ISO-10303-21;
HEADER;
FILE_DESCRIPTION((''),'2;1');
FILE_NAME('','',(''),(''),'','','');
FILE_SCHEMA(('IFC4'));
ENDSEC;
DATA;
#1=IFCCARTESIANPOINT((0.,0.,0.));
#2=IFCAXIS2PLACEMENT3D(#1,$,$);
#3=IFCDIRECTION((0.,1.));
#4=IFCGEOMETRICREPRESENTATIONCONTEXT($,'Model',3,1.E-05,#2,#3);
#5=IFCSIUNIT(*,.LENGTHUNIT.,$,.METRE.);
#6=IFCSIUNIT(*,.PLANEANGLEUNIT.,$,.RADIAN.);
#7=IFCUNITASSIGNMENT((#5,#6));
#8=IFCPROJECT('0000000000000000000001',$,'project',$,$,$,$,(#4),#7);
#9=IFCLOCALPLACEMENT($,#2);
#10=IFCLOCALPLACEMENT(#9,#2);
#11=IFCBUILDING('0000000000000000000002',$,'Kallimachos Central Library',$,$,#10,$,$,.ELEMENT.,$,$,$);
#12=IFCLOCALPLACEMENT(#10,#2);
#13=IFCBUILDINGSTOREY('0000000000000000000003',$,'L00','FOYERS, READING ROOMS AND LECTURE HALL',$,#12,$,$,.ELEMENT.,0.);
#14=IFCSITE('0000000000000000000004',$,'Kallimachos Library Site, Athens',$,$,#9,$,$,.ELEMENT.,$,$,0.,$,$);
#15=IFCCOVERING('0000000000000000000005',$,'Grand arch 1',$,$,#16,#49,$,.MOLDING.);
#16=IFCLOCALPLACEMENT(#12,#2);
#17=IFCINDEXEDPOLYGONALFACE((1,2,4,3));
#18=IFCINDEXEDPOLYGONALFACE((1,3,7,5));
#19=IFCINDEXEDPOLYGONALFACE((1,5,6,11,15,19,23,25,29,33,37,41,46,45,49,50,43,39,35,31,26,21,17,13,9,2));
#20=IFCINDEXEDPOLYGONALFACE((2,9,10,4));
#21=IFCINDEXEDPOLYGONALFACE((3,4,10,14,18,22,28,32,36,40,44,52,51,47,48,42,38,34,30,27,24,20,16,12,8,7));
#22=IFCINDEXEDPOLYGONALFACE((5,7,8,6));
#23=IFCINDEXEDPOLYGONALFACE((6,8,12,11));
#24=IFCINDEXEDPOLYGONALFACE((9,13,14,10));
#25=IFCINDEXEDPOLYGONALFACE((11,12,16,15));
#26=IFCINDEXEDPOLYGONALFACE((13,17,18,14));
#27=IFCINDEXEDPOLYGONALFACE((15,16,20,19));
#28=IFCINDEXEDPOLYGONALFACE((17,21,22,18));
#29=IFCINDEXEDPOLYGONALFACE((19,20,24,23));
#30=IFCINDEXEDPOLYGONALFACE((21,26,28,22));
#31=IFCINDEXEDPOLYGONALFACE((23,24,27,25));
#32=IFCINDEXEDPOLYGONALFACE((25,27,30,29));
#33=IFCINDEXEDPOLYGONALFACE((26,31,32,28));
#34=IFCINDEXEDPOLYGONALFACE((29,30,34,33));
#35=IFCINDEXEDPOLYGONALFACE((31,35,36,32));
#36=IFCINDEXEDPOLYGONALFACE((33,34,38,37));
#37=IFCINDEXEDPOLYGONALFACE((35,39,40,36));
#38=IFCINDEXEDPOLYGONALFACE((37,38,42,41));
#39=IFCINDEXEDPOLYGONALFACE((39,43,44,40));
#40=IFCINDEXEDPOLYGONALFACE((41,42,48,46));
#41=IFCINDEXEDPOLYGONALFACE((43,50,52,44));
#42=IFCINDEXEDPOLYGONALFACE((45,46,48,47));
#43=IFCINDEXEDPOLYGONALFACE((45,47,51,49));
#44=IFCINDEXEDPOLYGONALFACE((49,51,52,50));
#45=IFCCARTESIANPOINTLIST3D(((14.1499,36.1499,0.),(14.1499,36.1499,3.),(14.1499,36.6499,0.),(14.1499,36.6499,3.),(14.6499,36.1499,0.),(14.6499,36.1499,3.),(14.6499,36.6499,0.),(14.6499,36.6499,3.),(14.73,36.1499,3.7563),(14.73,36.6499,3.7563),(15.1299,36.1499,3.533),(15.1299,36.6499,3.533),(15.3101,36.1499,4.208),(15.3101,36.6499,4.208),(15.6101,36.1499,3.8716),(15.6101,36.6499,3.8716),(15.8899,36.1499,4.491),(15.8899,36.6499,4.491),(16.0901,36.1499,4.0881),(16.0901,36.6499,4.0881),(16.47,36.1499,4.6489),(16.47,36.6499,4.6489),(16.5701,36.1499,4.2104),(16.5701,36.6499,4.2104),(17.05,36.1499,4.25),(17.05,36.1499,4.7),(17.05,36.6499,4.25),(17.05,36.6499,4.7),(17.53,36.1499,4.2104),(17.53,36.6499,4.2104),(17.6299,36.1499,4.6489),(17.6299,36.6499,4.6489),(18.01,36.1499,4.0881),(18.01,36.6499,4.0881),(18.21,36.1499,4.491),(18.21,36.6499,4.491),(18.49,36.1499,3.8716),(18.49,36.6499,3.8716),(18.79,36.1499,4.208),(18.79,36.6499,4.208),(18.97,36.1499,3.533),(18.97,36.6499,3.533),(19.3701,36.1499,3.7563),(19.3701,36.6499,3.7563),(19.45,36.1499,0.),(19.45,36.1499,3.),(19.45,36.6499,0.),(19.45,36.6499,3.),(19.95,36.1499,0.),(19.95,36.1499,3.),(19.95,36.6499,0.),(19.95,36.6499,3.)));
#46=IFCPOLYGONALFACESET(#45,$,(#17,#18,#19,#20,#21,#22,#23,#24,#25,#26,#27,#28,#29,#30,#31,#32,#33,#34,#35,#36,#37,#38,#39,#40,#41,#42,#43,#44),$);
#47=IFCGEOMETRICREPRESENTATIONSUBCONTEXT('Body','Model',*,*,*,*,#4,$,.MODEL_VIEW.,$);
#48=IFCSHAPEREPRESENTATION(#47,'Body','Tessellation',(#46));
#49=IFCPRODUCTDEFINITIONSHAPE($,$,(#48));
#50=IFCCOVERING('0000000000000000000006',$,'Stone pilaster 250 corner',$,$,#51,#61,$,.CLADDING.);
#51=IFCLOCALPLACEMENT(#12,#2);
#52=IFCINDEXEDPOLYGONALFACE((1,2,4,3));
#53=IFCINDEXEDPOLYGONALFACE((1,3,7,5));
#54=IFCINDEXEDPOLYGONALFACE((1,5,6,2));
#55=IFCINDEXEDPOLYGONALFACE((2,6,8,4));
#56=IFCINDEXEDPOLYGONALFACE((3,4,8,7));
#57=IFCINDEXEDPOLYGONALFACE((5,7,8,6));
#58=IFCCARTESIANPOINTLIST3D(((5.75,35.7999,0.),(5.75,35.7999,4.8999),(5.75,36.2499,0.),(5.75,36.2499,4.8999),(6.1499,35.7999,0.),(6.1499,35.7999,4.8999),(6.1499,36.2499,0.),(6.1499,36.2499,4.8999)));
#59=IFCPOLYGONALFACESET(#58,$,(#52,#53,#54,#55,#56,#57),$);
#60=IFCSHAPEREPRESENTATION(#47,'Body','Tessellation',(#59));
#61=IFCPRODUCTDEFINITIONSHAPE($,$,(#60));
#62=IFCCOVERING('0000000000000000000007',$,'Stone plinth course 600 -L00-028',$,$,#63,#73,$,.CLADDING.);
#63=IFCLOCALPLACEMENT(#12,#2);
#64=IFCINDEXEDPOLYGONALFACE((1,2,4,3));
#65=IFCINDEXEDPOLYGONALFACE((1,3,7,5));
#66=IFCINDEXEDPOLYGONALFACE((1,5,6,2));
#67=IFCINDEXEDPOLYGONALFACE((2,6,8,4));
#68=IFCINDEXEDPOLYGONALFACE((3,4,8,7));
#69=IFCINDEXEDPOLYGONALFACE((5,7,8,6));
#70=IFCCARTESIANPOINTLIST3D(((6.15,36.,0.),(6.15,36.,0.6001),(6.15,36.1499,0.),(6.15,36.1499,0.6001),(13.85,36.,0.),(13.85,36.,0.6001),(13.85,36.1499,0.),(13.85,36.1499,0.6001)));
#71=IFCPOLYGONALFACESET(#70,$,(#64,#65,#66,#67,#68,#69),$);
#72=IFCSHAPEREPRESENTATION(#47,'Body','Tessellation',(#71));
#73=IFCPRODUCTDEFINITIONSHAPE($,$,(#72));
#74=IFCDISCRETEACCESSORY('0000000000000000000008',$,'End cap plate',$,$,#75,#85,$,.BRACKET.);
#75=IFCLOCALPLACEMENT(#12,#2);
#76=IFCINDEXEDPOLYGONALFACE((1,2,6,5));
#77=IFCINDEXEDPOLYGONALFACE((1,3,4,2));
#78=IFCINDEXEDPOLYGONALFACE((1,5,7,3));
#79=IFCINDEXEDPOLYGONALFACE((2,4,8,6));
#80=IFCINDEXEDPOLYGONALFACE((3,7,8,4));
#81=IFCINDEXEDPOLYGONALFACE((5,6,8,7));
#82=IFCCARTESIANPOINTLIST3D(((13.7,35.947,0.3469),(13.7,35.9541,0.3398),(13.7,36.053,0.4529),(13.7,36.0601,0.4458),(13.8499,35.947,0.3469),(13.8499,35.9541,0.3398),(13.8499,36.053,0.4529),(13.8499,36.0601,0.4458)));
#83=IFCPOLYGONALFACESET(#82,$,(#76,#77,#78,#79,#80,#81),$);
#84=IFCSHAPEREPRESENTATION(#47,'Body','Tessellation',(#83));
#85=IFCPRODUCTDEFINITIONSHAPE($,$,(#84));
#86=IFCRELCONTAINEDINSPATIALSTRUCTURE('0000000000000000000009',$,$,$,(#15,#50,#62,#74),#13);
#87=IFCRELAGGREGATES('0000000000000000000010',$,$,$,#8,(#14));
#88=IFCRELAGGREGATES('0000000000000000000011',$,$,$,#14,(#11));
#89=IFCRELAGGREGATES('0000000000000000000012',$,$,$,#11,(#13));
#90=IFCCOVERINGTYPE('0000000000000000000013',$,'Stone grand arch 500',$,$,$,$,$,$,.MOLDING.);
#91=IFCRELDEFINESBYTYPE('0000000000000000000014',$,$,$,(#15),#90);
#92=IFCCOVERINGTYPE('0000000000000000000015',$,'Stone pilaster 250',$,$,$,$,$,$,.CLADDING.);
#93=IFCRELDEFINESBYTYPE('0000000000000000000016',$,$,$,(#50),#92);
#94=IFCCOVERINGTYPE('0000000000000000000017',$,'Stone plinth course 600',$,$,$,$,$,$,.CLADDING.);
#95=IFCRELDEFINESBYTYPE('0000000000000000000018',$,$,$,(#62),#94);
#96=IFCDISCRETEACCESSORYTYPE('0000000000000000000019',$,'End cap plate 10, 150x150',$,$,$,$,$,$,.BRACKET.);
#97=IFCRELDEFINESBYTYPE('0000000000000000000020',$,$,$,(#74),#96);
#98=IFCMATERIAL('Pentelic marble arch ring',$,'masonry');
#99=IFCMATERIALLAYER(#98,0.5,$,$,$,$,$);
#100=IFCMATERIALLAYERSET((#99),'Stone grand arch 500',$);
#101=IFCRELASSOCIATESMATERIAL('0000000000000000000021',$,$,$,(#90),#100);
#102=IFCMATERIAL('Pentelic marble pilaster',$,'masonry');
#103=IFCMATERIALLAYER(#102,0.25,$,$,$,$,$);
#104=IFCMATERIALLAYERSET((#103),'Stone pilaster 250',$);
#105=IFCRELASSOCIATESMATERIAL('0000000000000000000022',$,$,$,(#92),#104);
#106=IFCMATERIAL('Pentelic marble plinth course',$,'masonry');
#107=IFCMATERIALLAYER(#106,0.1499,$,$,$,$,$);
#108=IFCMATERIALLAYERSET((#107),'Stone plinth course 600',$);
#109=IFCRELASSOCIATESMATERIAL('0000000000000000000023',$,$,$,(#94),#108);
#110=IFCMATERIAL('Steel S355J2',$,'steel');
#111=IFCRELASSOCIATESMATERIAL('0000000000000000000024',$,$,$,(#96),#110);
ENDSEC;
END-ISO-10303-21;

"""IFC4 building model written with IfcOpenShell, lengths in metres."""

from ifc_helpers import new_model, si_unit, direction, frame, origin, origin_2d, place, context, subcontext, project, spatial, polyline, rectangle, outline, extrude, material, layer, layer_set, material_profile, profile_set, type_object, element, save


model = new_model("IFC4")

# Units and contexts
model_context = context("Model", 3, precision=1e-05, world=origin(), true_north=direction((0.0, 1.0)))
body_context = subcontext(model_context, "Body", "Model", "MODEL_VIEW")
ifc_project = project(units=[si_unit("LENGTHUNIT", "METRE"), si_unit("PLANEANGLEUNIT", "RADIAN")], contexts=[model_context])

# Site, building, storey
site_placement = place(None, origin())
site = spatial("IfcSite", under=ifc_project, at=site_placement, Name="Kallimachos Library Site, Athens", CompositionType="ELEMENT", RefElevation=0.0)
building_placement = place(site_placement, origin())
building = spatial("IfcBuilding", under=site, at=building_placement, Name="Kallimachos Central Library", CompositionType="ELEMENT")
storey_placement = place(building_placement, origin())
storey = spatial("IfcBuildingStorey", under=building, at=storey_placement, Name="L00", Description="FOYERS, READING ROOMS AND LECTURE HALL", CompositionType="ELEMENT", Elevation=0.0)

# Coverings
ifc_material_1 = material(Name="Pentelic marble arch ring", Category="masonry")
ifc_layer_1 = layer(ifc_material_1, 0.5)
ifc_layer_set_1 = layer_set([ifc_layer_1], Name="Stone grand arch 500")
covering_type_1 = type_object("IfcCoveringType", Name="Stone grand arch 500", PredefinedType="MOLDING", material=ifc_layer_set_1)
covering_1_placement = place(storey_placement, frame((14.1499, 36.6499, 0.0), z_axis=(0.0, 1.0, 0.0), x_axis=(0.0, 0.0, 1.0)))
element("IfcCovering", 1, at=covering_1_placement, inside=storey, type_object=covering_type_1, Name="Grand arch 1", PredefinedType="MOLDING", context=body_context, shape_type="SweptSolid", body=[
    extrude(outline(polyline([(0.0, 0.0), (3.0, 0.0), (3.7563, 0.5801), (4.208, 1.1602), (4.491, 1.74), (4.6489, 2.3201), (4.7, 2.9001), (4.6489, 3.48), (4.491, 4.0601), (4.208, 4.6401), (3.7563, 5.2202), (3.0, 5.8), (0.0, 5.8), (0.0, 5.3), (3.0, 5.3), (3.533, 4.8201), (3.8716, 4.3401), (4.0881, 3.8601), (4.2104, 3.3801), (4.25, 2.9001), (4.2104, 2.4202), (4.0881, 1.9402), (3.8716, 1.4602), (3.533, 0.98), (3.0, 0.5), (0.0, 0.5), (0.0, 0.0)])), origin(), (0.0, 0.0, -1.0), 0.5),
])
ifc_material_2 = material(Name="Pentelic marble pilaster", Category="masonry")
ifc_layer_2 = layer(ifc_material_2, 0.25)
ifc_layer_set_2 = layer_set([ifc_layer_2], Name="Stone pilaster 250")
covering_type_2 = type_object("IfcCoveringType", Name="Stone pilaster 250", PredefinedType="CLADDING", material=ifc_layer_set_2)
covering_2_placement = place(storey_placement, frame((5.95, 36.0249, 0.0), z_axis=(0.0, 0.0, 1.0), x_axis=(1.0, 0.0, 0.0)))
element("IfcCovering", 2, at=covering_2_placement, inside=storey, type_object=covering_type_2, Name="Stone pilaster 250 corner", PredefinedType="CLADDING", context=body_context, shape_type="SweptSolid", body=[
    extrude(rectangle(XDim=0.3999, YDim=0.45, at=origin_2d()), origin(), (0.0, 0.0, 1.0), 4.8999),
])
ifc_material_3 = material(Name="Pentelic marble plinth course", Category="masonry")
ifc_layer_3 = layer(ifc_material_3, 0.1499)
ifc_layer_set_3 = layer_set([ifc_layer_3], Name="Stone plinth course 600")
covering_type_3 = type_object("IfcCoveringType", Name="Stone plinth course 600", PredefinedType="CLADDING", material=ifc_layer_set_3)
covering_3_placement = place(storey_placement, frame((10.0, 36.075, 0.0), z_axis=(0.0, 0.0, 1.0), x_axis=(1.0, 0.0, 0.0)))
element("IfcCovering", 3, at=covering_3_placement, inside=storey, type_object=covering_type_3, Name="Stone plinth course 600 -L00-028", PredefinedType="CLADDING", context=body_context, shape_type="SweptSolid", body=[
    extrude(rectangle(XDim=7.7, YDim=0.1499, at=origin_2d()), origin(), (0.0, 0.0, 1.0), 0.6001),
])

# Discrete accessory
ifc_material_4 = material(Name="Steel S355J2", Category="steel")
ifc_material_profile_1 = material_profile(ifc_material_4, rectangle(XDim=0.1499, YDim=0.1499, at=origin_2d()), Name="End cap plate 10, 150x150")
ifc_profile_set_1 = profile_set([ifc_material_profile_1], Name="Steel S355J2")
discrete_accessory_type = type_object("IfcDiscreteAccessoryType", Name="End cap plate 10, 150x150", PredefinedType="BRACKET", material=ifc_profile_set_1)
discrete_accessory_placement = place(storey_placement, frame((13.7749, 36.0071, 0.3928), z_axis=(0.0, -0.707107, 0.707107), x_axis=(1.0, 0.0, 0.0)))
element("IfcDiscreteAccessory", 4, at=discrete_accessory_placement, inside=storey, type_object=discrete_accessory_type, Name="End cap plate", PredefinedType="BRACKET", context=body_context, shape_type="SweptSolid", body=[
    extrude(rectangle(XDim=0.1499, YDim=0.1499, at=origin_2d()), origin(), (0.0, 0.0, 1.0), 0.01),
])

save(model, "model.ifc")
